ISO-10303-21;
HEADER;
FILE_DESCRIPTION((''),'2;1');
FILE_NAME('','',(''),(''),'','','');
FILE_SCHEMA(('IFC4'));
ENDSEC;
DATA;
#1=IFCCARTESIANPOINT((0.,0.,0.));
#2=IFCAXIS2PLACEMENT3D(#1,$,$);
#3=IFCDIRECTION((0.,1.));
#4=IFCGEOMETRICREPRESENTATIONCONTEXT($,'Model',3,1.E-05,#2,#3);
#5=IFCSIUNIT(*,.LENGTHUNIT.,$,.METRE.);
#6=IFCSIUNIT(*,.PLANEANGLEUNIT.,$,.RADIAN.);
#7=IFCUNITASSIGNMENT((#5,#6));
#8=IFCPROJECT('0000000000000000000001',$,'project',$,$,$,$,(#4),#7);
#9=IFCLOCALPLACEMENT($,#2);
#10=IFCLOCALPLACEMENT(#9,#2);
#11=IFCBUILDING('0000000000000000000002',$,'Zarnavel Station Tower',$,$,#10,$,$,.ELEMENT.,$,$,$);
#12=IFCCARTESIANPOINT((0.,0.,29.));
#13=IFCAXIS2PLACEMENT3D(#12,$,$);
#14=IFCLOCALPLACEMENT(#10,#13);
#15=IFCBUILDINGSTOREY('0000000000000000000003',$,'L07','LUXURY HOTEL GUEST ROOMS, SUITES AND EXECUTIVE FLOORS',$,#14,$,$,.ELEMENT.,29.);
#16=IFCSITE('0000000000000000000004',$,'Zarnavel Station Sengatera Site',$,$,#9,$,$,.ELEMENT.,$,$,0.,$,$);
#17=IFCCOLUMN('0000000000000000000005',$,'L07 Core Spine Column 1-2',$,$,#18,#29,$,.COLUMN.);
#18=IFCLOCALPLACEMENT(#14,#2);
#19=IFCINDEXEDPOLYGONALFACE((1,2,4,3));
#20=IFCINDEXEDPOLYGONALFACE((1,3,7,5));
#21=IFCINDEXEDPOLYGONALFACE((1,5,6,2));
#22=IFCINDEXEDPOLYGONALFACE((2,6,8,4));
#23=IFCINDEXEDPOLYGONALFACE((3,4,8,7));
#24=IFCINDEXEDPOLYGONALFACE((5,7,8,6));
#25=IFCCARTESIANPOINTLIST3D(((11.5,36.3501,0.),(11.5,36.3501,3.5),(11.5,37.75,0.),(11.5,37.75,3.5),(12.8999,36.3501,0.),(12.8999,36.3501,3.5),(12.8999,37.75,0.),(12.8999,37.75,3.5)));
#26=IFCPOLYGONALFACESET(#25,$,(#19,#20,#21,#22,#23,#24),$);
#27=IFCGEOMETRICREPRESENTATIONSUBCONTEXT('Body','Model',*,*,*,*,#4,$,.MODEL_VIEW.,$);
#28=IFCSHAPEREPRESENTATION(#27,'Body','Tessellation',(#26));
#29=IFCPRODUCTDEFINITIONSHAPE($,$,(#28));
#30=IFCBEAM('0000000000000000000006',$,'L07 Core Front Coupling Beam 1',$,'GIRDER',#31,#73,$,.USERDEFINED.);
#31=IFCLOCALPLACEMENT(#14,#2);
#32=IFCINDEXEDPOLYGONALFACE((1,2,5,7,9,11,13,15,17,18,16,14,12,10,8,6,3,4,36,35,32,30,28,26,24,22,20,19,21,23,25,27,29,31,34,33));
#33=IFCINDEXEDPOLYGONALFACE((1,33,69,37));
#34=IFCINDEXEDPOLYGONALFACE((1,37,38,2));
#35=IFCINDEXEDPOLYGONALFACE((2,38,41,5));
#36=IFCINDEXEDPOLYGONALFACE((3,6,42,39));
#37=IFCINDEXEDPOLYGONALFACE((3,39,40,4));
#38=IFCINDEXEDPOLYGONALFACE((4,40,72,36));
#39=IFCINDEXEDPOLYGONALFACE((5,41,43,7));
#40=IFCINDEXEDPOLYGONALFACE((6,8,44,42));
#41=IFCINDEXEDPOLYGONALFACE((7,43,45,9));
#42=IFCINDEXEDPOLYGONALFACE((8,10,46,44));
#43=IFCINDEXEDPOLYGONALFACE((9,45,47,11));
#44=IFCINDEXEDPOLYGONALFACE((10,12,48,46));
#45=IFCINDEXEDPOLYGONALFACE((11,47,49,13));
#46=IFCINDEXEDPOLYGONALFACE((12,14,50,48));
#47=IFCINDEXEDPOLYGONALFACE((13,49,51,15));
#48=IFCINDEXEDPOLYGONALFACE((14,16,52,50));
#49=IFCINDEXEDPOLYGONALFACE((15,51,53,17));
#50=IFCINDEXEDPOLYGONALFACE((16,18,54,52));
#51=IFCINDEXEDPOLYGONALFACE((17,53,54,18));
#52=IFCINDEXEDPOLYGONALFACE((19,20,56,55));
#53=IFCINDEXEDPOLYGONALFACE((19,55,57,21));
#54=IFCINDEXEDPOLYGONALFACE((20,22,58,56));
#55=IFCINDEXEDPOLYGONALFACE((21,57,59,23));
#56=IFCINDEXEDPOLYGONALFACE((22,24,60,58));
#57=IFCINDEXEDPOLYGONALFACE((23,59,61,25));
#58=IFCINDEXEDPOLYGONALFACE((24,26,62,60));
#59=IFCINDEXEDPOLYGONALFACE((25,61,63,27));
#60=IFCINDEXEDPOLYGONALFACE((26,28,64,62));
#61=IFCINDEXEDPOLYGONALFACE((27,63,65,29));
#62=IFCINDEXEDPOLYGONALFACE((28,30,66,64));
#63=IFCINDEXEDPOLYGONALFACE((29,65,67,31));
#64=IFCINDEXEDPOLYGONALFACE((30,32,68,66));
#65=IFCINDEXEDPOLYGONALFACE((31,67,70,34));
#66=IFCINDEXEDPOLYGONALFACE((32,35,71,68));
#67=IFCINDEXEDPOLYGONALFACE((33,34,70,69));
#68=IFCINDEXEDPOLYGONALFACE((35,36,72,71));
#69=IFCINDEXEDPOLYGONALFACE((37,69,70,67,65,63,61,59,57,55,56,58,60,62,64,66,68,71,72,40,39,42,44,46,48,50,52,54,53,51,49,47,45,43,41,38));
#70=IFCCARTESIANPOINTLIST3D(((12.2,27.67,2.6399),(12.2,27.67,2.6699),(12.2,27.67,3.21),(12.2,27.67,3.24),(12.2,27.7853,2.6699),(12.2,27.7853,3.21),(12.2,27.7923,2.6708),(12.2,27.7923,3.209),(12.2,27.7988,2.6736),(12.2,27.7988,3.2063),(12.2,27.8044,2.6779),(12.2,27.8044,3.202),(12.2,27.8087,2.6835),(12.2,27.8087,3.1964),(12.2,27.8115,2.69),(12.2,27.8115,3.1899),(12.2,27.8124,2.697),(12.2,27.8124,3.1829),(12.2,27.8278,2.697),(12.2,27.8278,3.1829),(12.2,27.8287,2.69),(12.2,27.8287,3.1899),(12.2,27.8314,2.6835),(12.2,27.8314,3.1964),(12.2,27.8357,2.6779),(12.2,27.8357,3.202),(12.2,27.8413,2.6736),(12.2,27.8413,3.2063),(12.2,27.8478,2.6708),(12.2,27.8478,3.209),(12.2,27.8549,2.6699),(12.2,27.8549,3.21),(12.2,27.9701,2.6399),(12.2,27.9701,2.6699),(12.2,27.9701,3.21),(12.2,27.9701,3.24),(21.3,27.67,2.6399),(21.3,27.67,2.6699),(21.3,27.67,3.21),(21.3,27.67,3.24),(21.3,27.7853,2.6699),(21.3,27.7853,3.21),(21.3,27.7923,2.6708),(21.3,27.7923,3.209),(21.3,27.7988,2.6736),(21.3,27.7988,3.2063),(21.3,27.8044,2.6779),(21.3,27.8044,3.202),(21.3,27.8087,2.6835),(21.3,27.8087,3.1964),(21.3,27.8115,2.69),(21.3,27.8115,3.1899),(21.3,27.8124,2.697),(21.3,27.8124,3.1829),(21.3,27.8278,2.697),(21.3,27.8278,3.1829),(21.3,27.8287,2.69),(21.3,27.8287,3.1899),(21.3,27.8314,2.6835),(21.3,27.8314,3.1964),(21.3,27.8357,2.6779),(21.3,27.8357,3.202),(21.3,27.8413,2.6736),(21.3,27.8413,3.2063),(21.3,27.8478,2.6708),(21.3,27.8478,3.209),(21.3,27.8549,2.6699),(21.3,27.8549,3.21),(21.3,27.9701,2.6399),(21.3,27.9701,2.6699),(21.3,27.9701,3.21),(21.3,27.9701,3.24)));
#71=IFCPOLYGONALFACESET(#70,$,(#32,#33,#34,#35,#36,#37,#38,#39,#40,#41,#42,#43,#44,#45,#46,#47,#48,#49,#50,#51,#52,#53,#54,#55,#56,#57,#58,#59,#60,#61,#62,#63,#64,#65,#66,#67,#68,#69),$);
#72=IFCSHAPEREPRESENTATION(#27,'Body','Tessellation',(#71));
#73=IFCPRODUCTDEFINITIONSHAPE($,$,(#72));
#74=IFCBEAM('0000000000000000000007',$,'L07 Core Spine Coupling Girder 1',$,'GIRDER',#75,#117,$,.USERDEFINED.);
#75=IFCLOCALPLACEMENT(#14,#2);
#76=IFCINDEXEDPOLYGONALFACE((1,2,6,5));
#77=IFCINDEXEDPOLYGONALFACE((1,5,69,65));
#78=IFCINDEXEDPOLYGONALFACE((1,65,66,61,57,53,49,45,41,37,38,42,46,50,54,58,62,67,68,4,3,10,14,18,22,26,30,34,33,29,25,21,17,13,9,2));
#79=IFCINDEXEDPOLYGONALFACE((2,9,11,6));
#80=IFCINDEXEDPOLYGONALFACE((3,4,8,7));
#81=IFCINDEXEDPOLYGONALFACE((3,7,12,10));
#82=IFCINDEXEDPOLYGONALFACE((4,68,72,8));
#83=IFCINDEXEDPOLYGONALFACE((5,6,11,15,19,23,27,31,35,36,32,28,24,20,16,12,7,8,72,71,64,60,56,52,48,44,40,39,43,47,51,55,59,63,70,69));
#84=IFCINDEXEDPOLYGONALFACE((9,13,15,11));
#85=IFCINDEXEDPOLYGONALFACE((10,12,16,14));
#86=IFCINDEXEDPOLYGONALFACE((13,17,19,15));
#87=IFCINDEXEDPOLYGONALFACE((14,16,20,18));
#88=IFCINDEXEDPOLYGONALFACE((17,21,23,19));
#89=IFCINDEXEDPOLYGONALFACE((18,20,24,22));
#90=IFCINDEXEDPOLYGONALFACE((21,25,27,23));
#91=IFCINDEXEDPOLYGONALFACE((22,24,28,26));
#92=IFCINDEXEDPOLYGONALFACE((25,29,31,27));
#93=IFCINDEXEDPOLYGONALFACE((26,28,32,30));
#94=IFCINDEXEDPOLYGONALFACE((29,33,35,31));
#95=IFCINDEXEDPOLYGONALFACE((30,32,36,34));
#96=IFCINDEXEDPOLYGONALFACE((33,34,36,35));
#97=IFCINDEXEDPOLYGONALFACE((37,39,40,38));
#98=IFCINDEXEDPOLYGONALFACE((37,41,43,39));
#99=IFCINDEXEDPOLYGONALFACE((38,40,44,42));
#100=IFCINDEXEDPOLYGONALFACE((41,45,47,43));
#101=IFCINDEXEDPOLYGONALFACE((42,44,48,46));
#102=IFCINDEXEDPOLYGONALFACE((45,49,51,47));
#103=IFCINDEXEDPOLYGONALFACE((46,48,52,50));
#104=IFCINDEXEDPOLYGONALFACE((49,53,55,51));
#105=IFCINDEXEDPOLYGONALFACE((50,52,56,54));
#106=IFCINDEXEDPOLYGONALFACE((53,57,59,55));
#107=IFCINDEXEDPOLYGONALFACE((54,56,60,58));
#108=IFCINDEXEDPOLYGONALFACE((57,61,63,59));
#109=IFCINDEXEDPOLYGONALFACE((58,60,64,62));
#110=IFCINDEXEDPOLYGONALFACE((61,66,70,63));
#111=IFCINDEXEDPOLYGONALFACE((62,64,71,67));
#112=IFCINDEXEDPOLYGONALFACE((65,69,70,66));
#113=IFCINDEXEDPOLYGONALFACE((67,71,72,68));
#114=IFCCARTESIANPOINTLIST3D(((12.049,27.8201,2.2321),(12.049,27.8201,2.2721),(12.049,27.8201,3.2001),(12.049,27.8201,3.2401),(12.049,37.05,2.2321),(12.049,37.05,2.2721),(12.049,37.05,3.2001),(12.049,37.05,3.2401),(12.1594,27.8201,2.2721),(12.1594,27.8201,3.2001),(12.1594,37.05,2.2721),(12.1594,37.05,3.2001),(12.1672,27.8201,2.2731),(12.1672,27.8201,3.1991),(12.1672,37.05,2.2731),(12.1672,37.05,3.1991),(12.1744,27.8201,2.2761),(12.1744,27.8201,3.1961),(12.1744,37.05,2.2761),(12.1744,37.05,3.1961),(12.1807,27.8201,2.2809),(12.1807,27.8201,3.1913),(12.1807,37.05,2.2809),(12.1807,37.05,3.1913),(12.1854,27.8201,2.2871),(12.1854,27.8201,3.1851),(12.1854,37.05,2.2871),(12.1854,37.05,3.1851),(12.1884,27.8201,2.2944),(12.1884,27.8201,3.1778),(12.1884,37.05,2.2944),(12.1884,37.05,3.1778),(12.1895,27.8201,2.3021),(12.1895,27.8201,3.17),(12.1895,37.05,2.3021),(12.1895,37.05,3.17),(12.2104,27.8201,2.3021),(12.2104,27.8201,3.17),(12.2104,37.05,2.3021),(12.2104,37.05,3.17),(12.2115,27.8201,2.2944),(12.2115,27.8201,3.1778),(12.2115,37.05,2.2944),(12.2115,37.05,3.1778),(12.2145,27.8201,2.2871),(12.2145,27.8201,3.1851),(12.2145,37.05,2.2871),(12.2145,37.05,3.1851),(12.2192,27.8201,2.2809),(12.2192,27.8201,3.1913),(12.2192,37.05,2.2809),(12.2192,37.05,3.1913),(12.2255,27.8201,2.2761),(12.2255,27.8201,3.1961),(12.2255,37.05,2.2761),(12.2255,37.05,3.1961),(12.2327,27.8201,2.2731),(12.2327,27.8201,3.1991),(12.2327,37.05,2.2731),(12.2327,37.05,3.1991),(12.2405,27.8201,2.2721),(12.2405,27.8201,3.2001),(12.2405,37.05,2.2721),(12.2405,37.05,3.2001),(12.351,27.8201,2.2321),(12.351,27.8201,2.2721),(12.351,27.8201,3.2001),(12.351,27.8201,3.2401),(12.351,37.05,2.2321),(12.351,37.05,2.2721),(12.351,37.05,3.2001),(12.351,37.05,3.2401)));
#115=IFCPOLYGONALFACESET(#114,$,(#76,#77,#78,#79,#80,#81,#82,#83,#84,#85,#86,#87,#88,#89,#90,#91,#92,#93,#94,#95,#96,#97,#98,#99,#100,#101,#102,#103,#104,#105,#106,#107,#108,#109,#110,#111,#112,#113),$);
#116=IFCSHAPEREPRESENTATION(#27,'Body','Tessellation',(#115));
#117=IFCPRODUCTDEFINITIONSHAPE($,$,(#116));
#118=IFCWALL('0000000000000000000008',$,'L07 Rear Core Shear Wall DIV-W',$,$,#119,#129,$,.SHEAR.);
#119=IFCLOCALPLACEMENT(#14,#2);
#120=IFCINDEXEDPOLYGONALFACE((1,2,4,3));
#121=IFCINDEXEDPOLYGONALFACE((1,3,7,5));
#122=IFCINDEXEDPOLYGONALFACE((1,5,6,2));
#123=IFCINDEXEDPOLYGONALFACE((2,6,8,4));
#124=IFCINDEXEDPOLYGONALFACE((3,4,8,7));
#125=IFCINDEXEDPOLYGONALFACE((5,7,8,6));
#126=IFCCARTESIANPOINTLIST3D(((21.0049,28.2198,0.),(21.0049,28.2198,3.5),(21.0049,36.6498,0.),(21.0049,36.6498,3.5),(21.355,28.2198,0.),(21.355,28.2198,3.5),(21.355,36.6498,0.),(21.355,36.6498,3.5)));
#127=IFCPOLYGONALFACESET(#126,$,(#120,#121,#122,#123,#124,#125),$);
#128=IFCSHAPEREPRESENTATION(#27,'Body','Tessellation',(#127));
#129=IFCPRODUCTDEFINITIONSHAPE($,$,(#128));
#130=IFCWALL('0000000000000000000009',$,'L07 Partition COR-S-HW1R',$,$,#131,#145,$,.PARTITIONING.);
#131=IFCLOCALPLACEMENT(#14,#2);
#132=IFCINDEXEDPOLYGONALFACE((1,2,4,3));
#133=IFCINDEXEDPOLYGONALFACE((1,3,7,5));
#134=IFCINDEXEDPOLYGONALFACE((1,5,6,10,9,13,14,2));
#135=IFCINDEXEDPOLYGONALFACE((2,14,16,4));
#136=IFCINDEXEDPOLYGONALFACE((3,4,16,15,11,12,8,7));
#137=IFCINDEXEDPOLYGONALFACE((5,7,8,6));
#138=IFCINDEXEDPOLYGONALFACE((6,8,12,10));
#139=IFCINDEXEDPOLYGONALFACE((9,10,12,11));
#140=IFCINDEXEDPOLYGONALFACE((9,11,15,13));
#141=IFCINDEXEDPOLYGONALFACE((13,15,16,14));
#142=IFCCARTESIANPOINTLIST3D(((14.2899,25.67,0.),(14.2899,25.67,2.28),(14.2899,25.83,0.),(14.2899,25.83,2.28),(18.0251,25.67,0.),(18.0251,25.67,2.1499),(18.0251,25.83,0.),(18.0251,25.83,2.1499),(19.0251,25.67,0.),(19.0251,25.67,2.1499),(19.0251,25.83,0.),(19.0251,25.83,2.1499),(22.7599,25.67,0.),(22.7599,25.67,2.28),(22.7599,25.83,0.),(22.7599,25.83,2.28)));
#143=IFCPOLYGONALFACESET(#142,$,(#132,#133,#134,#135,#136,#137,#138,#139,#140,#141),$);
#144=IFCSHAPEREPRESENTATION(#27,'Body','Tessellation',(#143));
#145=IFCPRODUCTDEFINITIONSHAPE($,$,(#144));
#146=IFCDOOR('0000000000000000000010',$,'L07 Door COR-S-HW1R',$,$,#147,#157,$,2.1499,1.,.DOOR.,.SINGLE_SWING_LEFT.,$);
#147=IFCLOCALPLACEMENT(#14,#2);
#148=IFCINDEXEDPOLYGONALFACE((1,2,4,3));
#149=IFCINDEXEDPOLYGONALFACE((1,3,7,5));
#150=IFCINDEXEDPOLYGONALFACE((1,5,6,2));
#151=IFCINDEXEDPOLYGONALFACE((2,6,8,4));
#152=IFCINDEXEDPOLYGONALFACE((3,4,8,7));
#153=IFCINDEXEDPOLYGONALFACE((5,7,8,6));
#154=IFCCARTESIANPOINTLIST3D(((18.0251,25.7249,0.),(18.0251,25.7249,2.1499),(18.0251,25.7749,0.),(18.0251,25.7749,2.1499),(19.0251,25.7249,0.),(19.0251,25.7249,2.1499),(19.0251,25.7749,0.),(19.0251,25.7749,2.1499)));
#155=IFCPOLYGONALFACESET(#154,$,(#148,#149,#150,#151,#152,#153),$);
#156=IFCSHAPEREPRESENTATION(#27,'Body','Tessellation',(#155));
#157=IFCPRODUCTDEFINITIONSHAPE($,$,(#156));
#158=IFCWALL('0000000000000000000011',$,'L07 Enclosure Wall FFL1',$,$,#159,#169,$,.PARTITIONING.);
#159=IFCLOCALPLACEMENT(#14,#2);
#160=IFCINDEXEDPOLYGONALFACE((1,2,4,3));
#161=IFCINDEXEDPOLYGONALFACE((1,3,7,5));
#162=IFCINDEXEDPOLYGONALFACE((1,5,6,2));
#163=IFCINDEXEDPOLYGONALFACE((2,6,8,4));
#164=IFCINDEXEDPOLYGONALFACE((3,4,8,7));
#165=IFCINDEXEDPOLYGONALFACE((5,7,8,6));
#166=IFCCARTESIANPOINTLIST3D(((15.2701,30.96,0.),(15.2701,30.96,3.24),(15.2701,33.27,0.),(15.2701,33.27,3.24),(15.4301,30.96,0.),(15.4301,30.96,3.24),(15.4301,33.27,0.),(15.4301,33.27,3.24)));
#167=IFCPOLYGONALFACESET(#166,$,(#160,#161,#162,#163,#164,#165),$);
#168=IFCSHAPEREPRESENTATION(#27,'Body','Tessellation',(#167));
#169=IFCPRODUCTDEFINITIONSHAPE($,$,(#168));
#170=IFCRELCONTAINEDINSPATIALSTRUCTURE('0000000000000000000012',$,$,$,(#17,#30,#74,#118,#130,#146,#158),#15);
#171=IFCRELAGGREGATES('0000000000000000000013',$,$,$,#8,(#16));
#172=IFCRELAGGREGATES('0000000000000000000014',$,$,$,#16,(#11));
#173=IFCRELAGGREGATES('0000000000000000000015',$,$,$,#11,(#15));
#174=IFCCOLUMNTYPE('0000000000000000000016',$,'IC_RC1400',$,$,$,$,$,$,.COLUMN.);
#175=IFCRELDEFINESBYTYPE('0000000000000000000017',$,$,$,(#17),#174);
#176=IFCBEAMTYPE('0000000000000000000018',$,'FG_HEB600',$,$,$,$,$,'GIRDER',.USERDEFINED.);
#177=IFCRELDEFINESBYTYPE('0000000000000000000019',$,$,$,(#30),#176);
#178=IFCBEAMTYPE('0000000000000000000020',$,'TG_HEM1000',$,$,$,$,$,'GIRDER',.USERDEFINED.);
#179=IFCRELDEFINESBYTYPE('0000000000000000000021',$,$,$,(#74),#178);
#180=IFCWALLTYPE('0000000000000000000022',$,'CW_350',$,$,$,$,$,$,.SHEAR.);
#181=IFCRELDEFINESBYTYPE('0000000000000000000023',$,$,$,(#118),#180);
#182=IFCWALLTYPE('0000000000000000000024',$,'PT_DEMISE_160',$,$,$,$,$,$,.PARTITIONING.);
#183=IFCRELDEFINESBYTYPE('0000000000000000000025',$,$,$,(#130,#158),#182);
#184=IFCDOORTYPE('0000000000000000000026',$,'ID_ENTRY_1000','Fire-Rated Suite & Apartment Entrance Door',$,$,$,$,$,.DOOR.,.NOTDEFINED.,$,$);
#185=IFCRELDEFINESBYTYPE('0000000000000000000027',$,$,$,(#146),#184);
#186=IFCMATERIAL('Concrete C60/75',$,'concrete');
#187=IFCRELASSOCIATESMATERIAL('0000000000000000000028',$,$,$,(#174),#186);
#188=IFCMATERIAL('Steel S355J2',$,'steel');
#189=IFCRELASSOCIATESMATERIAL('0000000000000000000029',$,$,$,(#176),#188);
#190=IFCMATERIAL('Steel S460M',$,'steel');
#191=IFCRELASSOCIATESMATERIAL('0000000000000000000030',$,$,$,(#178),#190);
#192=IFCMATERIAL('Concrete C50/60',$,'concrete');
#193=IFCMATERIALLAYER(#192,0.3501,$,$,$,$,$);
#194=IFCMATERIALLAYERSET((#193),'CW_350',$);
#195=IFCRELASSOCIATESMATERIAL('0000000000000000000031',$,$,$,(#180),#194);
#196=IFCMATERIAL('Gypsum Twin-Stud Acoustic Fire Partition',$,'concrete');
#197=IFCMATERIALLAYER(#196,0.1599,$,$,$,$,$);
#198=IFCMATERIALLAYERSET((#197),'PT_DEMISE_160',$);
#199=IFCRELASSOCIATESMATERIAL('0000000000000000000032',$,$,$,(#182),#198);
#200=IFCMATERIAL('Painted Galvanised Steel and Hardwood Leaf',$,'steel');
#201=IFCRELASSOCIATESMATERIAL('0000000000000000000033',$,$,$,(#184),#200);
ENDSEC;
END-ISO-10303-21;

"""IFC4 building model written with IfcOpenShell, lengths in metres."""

from ifc_helpers import new_model, si_unit, direction, frame, frame_2d, origin, origin_2d, place, context, subcontext, project, spatial, rectangle, i_section, extrude, material, layer, layer_set, material_profile, profile_set, type_object, element, fill, save


model = new_model("IFC4")

# Units and contexts
model_context = context("Model", 3, precision=1e-05, world=origin(), true_north=direction((0.0, 1.0)))
body_context = subcontext(model_context, "Body", "Model", "MODEL_VIEW")
ifc_project = project(units=[si_unit("LENGTHUNIT", "METRE"), si_unit("PLANEANGLEUNIT", "RADIAN")], contexts=[model_context])

# Site, building, storey
site_placement = place(None, origin())
site = spatial("IfcSite", under=ifc_project, at=site_placement, Name="Zarnavel Station Sengatera Site", CompositionType="ELEMENT", RefElevation=0.0)
building_placement = place(site_placement, origin())
building = spatial("IfcBuilding", under=site, at=building_placement, Name="Zarnavel Station Tower", CompositionType="ELEMENT")
storey_placement = place(building_placement, frame((0.0, 0.0, 29.0)))
storey = spatial("IfcBuildingStorey", under=building, at=storey_placement, Name="L07", Description="LUXURY HOTEL GUEST ROOMS, SUITES AND EXECUTIVE FLOORS", CompositionType="ELEMENT", Elevation=29.0)

# Column
ifc_material_1 = material(Name="Concrete C60/75", Category="concrete")
ifc_material_profile_1 = material_profile(ifc_material_1, rectangle(XDim=1.3999, YDim=1.3999, at=origin_2d()), Name="RC1400x1400")
ifc_profile_set_1 = profile_set([ifc_material_profile_1], Name="Concrete C60/75")
column_type = type_object("IfcColumnType", Name="IC_RC1400", PredefinedType="COLUMN", material=ifc_profile_set_1)
column_placement = place(storey_placement, frame((12.2, 37.05, 0.0), z_axis=(0.0, 0.0, 1.0), x_axis=(1.0, 0.0, 0.0)))
element("IfcColumn", 1, at=column_placement, inside=storey, type_object=column_type, Name="L07 Core Spine Column 1-2", PredefinedType="COLUMN", context=body_context, shape_type="SweptSolid", body=[
    extrude(rectangle(XDim=1.3999, YDim=1.3999, at=origin_2d()), origin(), (0.0, 0.0, 1.0), 3.5),
])

# Beams
ifc_material_2 = material(Name="Steel S355J2", Category="steel")
ifc_material_profile_2 = material_profile(ifc_material_2, i_section(OverallWidth=0.3, OverallDepth=0.6001, WebThickness=0.0154, FlangeThickness=0.03, FilletRadius=0.0271, at=origin_2d()), Name="HEB600")
ifc_profile_set_2 = profile_set([ifc_material_profile_2], Name="Steel S355J2")
beam_type_1 = type_object("IfcBeamType", Name="FG_HEB600", ElementType="GIRDER", PredefinedType="USERDEFINED", material=ifc_profile_set_2)
beam_1_placement = place(storey_placement, frame((12.2, 27.8201, 2.9399), z_axis=(1.0, 0.0, 0.0), x_axis=(0.0, 1.0, 0.0)))
element("IfcBeam", 2, at=beam_1_placement, inside=storey, type_object=beam_type_1, Name="L07 Core Front Coupling Beam 1", ObjectType="GIRDER", PredefinedType="USERDEFINED", context=body_context, shape_type="SweptSolid", body=[
    extrude(i_section(OverallWidth=0.3, OverallDepth=0.6001, WebThickness=0.0154, FlangeThickness=0.03, FilletRadius=0.0271, at=origin_2d()), origin(), (0.0, 0.0, 1.0), 9.1001),
])
ifc_material_3 = material(Name="Steel S460M", Category="steel")
ifc_material_profile_3 = material_profile(ifc_material_3, i_section(OverallWidth=0.302, OverallDepth=1.0081, WebThickness=0.021, FlangeThickness=0.04, FilletRadius=0.03, at=origin_2d()), Name="HEM1000")
ifc_profile_set_3 = profile_set([ifc_material_profile_3], Name="Steel S460M")
beam_type_2 = type_object("IfcBeamType", Name="TG_HEM1000", ElementType="GIRDER", PredefinedType="USERDEFINED", material=ifc_profile_set_3)
beam_2_placement = place(storey_placement, frame((12.2, 27.8201, 2.7361), z_axis=(0.0, 1.0, 0.0), x_axis=(-1.0, 0.0, 0.0)))
element("IfcBeam", 3, at=beam_2_placement, inside=storey, type_object=beam_type_2, Name="L07 Core Spine Coupling Girder 1", ObjectType="GIRDER", PredefinedType="USERDEFINED", context=body_context, shape_type="SweptSolid", body=[
    extrude(i_section(OverallWidth=0.302, OverallDepth=1.0081, WebThickness=0.021, FlangeThickness=0.04, FilletRadius=0.03, at=origin_2d()), origin(), (0.0, 0.0, 1.0), 9.23),
])

# Wall
ifc_material_4 = material(Name="Concrete C50/60", Category="concrete")
ifc_layer_1 = layer(ifc_material_4, 0.3501)
ifc_layer_set_1 = layer_set([ifc_layer_1], Name="CW_350")
wall_type_1 = type_object("IfcWallType", Name="CW_350", PredefinedType="SHEAR", material=ifc_layer_set_1)
wall_1_placement = place(storey_placement, frame((21.1799, 28.22, 0.0), z_axis=(0.0, 0.0, 1.0), x_axis=(0.0, 1.0, 0.0)))
element("IfcWall", 4, at=wall_1_placement, inside=storey, type_object=wall_type_1, Name="L07 Rear Core Shear Wall DIV-W", PredefinedType="SHEAR", context=body_context, shape_type="SweptSolid", body=[
    extrude(rectangle(XDim=8.4299, YDim=0.3501, at=frame_2d((4.2148, 0.0))), origin(), (0.0, 0.0, 1.0), 3.5),
])

# Wall, opening, door
ifc_material_5 = material(Name="Gypsum Twin-Stud Acoustic Fire Partition", Category="concrete")
ifc_layer_2 = layer(ifc_material_5, 0.1599)
ifc_layer_set_2 = layer_set([ifc_layer_2], Name="PT_DEMISE_160")
wall_type_2 = type_object("IfcWallType", Name="PT_DEMISE_160", PredefinedType="PARTITIONING", material=ifc_layer_set_2)
wall_2_placement = place(storey_placement, frame((14.29, 25.75, 0.0), z_axis=(0.0, 0.0, 1.0), x_axis=(1.0, 0.0, 0.0)))
wall_2 = element("IfcWall", 5, at=wall_2_placement, inside=storey, type_object=wall_type_2, Name="L07 Partition COR-S-HW1R", PredefinedType="PARTITIONING", context=body_context, shape_type="SweptSolid", body=[
    extrude(rectangle(XDim=8.47, YDim=0.1599, at=frame_2d((4.2349, 0.0))), origin(), (0.0, 0.0, 1.0), 2.28),
])
opening_1_placement = place(wall_2_placement, frame((3.7351, 0.0, 0.0)))
opening_1 = element("IfcOpeningElement", 6, at=opening_1_placement, cuts=wall_2, PredefinedType="OPENING", context=body_context, shape_type="SweptSolid", body=[
    extrude(rectangle(XDim=1.0, YDim=2.1499, at=frame_2d((0.5, 1.075))), frame((0.0, 0.0898, 0.0), z_axis=(0.0, -1.0, 0.0), x_axis=(1.0, 0.0, 0.0)), (0.0, 0.0, 1.0), 0.1799),
])
ifc_material_6 = material(Name="Painted Galvanised Steel and Hardwood Leaf", Category="steel")
door_type_1 = type_object("IfcDoorType", Name="ID_ENTRY_1000", Description="Fire-Rated Suite & Apartment Entrance Door", OperationType="NOTDEFINED", PredefinedType="DOOR", material=ifc_material_6)
door_1_placement = place(opening_1_placement, origin())
door_1 = element("IfcDoor", 7, at=door_1_placement, inside=storey, type_object=door_type_1, Name="L07 Door COR-S-HW1R", OperationType="SINGLE_SWING_LEFT", OverallHeight=2.1499, OverallWidth=1.0, PredefinedType="DOOR", context=body_context, shape_type="SweptSolid", body=[
    extrude(rectangle(XDim=1.0, YDim=2.1499, at=frame_2d((0.5, 1.075))), frame((0.0, 0.0249, 0.0), z_axis=(0.0, -1.0, 0.0), x_axis=(1.0, 0.0, 0.0)), (0.0, 0.0, 1.0), 0.05),
])
fill(opening_1, door_1)

# Wall
wall_3_placement = place(storey_placement, frame((15.3501, 30.96, 0.0), z_axis=(0.0, 0.0, 1.0), x_axis=(0.0, 1.0, 0.0)))
element("IfcWall", 8, at=wall_3_placement, inside=storey, type_object=wall_type_2, Name="L07 Enclosure Wall FFL1", PredefinedType="PARTITIONING", context=body_context, shape_type="SweptSolid", body=[
    extrude(rectangle(XDim=2.3101, YDim=0.1599, at=frame_2d((1.155, 0.0))), origin(), (0.0, 0.0, 1.0), 3.24),
])

save(model, "model.ifc")
